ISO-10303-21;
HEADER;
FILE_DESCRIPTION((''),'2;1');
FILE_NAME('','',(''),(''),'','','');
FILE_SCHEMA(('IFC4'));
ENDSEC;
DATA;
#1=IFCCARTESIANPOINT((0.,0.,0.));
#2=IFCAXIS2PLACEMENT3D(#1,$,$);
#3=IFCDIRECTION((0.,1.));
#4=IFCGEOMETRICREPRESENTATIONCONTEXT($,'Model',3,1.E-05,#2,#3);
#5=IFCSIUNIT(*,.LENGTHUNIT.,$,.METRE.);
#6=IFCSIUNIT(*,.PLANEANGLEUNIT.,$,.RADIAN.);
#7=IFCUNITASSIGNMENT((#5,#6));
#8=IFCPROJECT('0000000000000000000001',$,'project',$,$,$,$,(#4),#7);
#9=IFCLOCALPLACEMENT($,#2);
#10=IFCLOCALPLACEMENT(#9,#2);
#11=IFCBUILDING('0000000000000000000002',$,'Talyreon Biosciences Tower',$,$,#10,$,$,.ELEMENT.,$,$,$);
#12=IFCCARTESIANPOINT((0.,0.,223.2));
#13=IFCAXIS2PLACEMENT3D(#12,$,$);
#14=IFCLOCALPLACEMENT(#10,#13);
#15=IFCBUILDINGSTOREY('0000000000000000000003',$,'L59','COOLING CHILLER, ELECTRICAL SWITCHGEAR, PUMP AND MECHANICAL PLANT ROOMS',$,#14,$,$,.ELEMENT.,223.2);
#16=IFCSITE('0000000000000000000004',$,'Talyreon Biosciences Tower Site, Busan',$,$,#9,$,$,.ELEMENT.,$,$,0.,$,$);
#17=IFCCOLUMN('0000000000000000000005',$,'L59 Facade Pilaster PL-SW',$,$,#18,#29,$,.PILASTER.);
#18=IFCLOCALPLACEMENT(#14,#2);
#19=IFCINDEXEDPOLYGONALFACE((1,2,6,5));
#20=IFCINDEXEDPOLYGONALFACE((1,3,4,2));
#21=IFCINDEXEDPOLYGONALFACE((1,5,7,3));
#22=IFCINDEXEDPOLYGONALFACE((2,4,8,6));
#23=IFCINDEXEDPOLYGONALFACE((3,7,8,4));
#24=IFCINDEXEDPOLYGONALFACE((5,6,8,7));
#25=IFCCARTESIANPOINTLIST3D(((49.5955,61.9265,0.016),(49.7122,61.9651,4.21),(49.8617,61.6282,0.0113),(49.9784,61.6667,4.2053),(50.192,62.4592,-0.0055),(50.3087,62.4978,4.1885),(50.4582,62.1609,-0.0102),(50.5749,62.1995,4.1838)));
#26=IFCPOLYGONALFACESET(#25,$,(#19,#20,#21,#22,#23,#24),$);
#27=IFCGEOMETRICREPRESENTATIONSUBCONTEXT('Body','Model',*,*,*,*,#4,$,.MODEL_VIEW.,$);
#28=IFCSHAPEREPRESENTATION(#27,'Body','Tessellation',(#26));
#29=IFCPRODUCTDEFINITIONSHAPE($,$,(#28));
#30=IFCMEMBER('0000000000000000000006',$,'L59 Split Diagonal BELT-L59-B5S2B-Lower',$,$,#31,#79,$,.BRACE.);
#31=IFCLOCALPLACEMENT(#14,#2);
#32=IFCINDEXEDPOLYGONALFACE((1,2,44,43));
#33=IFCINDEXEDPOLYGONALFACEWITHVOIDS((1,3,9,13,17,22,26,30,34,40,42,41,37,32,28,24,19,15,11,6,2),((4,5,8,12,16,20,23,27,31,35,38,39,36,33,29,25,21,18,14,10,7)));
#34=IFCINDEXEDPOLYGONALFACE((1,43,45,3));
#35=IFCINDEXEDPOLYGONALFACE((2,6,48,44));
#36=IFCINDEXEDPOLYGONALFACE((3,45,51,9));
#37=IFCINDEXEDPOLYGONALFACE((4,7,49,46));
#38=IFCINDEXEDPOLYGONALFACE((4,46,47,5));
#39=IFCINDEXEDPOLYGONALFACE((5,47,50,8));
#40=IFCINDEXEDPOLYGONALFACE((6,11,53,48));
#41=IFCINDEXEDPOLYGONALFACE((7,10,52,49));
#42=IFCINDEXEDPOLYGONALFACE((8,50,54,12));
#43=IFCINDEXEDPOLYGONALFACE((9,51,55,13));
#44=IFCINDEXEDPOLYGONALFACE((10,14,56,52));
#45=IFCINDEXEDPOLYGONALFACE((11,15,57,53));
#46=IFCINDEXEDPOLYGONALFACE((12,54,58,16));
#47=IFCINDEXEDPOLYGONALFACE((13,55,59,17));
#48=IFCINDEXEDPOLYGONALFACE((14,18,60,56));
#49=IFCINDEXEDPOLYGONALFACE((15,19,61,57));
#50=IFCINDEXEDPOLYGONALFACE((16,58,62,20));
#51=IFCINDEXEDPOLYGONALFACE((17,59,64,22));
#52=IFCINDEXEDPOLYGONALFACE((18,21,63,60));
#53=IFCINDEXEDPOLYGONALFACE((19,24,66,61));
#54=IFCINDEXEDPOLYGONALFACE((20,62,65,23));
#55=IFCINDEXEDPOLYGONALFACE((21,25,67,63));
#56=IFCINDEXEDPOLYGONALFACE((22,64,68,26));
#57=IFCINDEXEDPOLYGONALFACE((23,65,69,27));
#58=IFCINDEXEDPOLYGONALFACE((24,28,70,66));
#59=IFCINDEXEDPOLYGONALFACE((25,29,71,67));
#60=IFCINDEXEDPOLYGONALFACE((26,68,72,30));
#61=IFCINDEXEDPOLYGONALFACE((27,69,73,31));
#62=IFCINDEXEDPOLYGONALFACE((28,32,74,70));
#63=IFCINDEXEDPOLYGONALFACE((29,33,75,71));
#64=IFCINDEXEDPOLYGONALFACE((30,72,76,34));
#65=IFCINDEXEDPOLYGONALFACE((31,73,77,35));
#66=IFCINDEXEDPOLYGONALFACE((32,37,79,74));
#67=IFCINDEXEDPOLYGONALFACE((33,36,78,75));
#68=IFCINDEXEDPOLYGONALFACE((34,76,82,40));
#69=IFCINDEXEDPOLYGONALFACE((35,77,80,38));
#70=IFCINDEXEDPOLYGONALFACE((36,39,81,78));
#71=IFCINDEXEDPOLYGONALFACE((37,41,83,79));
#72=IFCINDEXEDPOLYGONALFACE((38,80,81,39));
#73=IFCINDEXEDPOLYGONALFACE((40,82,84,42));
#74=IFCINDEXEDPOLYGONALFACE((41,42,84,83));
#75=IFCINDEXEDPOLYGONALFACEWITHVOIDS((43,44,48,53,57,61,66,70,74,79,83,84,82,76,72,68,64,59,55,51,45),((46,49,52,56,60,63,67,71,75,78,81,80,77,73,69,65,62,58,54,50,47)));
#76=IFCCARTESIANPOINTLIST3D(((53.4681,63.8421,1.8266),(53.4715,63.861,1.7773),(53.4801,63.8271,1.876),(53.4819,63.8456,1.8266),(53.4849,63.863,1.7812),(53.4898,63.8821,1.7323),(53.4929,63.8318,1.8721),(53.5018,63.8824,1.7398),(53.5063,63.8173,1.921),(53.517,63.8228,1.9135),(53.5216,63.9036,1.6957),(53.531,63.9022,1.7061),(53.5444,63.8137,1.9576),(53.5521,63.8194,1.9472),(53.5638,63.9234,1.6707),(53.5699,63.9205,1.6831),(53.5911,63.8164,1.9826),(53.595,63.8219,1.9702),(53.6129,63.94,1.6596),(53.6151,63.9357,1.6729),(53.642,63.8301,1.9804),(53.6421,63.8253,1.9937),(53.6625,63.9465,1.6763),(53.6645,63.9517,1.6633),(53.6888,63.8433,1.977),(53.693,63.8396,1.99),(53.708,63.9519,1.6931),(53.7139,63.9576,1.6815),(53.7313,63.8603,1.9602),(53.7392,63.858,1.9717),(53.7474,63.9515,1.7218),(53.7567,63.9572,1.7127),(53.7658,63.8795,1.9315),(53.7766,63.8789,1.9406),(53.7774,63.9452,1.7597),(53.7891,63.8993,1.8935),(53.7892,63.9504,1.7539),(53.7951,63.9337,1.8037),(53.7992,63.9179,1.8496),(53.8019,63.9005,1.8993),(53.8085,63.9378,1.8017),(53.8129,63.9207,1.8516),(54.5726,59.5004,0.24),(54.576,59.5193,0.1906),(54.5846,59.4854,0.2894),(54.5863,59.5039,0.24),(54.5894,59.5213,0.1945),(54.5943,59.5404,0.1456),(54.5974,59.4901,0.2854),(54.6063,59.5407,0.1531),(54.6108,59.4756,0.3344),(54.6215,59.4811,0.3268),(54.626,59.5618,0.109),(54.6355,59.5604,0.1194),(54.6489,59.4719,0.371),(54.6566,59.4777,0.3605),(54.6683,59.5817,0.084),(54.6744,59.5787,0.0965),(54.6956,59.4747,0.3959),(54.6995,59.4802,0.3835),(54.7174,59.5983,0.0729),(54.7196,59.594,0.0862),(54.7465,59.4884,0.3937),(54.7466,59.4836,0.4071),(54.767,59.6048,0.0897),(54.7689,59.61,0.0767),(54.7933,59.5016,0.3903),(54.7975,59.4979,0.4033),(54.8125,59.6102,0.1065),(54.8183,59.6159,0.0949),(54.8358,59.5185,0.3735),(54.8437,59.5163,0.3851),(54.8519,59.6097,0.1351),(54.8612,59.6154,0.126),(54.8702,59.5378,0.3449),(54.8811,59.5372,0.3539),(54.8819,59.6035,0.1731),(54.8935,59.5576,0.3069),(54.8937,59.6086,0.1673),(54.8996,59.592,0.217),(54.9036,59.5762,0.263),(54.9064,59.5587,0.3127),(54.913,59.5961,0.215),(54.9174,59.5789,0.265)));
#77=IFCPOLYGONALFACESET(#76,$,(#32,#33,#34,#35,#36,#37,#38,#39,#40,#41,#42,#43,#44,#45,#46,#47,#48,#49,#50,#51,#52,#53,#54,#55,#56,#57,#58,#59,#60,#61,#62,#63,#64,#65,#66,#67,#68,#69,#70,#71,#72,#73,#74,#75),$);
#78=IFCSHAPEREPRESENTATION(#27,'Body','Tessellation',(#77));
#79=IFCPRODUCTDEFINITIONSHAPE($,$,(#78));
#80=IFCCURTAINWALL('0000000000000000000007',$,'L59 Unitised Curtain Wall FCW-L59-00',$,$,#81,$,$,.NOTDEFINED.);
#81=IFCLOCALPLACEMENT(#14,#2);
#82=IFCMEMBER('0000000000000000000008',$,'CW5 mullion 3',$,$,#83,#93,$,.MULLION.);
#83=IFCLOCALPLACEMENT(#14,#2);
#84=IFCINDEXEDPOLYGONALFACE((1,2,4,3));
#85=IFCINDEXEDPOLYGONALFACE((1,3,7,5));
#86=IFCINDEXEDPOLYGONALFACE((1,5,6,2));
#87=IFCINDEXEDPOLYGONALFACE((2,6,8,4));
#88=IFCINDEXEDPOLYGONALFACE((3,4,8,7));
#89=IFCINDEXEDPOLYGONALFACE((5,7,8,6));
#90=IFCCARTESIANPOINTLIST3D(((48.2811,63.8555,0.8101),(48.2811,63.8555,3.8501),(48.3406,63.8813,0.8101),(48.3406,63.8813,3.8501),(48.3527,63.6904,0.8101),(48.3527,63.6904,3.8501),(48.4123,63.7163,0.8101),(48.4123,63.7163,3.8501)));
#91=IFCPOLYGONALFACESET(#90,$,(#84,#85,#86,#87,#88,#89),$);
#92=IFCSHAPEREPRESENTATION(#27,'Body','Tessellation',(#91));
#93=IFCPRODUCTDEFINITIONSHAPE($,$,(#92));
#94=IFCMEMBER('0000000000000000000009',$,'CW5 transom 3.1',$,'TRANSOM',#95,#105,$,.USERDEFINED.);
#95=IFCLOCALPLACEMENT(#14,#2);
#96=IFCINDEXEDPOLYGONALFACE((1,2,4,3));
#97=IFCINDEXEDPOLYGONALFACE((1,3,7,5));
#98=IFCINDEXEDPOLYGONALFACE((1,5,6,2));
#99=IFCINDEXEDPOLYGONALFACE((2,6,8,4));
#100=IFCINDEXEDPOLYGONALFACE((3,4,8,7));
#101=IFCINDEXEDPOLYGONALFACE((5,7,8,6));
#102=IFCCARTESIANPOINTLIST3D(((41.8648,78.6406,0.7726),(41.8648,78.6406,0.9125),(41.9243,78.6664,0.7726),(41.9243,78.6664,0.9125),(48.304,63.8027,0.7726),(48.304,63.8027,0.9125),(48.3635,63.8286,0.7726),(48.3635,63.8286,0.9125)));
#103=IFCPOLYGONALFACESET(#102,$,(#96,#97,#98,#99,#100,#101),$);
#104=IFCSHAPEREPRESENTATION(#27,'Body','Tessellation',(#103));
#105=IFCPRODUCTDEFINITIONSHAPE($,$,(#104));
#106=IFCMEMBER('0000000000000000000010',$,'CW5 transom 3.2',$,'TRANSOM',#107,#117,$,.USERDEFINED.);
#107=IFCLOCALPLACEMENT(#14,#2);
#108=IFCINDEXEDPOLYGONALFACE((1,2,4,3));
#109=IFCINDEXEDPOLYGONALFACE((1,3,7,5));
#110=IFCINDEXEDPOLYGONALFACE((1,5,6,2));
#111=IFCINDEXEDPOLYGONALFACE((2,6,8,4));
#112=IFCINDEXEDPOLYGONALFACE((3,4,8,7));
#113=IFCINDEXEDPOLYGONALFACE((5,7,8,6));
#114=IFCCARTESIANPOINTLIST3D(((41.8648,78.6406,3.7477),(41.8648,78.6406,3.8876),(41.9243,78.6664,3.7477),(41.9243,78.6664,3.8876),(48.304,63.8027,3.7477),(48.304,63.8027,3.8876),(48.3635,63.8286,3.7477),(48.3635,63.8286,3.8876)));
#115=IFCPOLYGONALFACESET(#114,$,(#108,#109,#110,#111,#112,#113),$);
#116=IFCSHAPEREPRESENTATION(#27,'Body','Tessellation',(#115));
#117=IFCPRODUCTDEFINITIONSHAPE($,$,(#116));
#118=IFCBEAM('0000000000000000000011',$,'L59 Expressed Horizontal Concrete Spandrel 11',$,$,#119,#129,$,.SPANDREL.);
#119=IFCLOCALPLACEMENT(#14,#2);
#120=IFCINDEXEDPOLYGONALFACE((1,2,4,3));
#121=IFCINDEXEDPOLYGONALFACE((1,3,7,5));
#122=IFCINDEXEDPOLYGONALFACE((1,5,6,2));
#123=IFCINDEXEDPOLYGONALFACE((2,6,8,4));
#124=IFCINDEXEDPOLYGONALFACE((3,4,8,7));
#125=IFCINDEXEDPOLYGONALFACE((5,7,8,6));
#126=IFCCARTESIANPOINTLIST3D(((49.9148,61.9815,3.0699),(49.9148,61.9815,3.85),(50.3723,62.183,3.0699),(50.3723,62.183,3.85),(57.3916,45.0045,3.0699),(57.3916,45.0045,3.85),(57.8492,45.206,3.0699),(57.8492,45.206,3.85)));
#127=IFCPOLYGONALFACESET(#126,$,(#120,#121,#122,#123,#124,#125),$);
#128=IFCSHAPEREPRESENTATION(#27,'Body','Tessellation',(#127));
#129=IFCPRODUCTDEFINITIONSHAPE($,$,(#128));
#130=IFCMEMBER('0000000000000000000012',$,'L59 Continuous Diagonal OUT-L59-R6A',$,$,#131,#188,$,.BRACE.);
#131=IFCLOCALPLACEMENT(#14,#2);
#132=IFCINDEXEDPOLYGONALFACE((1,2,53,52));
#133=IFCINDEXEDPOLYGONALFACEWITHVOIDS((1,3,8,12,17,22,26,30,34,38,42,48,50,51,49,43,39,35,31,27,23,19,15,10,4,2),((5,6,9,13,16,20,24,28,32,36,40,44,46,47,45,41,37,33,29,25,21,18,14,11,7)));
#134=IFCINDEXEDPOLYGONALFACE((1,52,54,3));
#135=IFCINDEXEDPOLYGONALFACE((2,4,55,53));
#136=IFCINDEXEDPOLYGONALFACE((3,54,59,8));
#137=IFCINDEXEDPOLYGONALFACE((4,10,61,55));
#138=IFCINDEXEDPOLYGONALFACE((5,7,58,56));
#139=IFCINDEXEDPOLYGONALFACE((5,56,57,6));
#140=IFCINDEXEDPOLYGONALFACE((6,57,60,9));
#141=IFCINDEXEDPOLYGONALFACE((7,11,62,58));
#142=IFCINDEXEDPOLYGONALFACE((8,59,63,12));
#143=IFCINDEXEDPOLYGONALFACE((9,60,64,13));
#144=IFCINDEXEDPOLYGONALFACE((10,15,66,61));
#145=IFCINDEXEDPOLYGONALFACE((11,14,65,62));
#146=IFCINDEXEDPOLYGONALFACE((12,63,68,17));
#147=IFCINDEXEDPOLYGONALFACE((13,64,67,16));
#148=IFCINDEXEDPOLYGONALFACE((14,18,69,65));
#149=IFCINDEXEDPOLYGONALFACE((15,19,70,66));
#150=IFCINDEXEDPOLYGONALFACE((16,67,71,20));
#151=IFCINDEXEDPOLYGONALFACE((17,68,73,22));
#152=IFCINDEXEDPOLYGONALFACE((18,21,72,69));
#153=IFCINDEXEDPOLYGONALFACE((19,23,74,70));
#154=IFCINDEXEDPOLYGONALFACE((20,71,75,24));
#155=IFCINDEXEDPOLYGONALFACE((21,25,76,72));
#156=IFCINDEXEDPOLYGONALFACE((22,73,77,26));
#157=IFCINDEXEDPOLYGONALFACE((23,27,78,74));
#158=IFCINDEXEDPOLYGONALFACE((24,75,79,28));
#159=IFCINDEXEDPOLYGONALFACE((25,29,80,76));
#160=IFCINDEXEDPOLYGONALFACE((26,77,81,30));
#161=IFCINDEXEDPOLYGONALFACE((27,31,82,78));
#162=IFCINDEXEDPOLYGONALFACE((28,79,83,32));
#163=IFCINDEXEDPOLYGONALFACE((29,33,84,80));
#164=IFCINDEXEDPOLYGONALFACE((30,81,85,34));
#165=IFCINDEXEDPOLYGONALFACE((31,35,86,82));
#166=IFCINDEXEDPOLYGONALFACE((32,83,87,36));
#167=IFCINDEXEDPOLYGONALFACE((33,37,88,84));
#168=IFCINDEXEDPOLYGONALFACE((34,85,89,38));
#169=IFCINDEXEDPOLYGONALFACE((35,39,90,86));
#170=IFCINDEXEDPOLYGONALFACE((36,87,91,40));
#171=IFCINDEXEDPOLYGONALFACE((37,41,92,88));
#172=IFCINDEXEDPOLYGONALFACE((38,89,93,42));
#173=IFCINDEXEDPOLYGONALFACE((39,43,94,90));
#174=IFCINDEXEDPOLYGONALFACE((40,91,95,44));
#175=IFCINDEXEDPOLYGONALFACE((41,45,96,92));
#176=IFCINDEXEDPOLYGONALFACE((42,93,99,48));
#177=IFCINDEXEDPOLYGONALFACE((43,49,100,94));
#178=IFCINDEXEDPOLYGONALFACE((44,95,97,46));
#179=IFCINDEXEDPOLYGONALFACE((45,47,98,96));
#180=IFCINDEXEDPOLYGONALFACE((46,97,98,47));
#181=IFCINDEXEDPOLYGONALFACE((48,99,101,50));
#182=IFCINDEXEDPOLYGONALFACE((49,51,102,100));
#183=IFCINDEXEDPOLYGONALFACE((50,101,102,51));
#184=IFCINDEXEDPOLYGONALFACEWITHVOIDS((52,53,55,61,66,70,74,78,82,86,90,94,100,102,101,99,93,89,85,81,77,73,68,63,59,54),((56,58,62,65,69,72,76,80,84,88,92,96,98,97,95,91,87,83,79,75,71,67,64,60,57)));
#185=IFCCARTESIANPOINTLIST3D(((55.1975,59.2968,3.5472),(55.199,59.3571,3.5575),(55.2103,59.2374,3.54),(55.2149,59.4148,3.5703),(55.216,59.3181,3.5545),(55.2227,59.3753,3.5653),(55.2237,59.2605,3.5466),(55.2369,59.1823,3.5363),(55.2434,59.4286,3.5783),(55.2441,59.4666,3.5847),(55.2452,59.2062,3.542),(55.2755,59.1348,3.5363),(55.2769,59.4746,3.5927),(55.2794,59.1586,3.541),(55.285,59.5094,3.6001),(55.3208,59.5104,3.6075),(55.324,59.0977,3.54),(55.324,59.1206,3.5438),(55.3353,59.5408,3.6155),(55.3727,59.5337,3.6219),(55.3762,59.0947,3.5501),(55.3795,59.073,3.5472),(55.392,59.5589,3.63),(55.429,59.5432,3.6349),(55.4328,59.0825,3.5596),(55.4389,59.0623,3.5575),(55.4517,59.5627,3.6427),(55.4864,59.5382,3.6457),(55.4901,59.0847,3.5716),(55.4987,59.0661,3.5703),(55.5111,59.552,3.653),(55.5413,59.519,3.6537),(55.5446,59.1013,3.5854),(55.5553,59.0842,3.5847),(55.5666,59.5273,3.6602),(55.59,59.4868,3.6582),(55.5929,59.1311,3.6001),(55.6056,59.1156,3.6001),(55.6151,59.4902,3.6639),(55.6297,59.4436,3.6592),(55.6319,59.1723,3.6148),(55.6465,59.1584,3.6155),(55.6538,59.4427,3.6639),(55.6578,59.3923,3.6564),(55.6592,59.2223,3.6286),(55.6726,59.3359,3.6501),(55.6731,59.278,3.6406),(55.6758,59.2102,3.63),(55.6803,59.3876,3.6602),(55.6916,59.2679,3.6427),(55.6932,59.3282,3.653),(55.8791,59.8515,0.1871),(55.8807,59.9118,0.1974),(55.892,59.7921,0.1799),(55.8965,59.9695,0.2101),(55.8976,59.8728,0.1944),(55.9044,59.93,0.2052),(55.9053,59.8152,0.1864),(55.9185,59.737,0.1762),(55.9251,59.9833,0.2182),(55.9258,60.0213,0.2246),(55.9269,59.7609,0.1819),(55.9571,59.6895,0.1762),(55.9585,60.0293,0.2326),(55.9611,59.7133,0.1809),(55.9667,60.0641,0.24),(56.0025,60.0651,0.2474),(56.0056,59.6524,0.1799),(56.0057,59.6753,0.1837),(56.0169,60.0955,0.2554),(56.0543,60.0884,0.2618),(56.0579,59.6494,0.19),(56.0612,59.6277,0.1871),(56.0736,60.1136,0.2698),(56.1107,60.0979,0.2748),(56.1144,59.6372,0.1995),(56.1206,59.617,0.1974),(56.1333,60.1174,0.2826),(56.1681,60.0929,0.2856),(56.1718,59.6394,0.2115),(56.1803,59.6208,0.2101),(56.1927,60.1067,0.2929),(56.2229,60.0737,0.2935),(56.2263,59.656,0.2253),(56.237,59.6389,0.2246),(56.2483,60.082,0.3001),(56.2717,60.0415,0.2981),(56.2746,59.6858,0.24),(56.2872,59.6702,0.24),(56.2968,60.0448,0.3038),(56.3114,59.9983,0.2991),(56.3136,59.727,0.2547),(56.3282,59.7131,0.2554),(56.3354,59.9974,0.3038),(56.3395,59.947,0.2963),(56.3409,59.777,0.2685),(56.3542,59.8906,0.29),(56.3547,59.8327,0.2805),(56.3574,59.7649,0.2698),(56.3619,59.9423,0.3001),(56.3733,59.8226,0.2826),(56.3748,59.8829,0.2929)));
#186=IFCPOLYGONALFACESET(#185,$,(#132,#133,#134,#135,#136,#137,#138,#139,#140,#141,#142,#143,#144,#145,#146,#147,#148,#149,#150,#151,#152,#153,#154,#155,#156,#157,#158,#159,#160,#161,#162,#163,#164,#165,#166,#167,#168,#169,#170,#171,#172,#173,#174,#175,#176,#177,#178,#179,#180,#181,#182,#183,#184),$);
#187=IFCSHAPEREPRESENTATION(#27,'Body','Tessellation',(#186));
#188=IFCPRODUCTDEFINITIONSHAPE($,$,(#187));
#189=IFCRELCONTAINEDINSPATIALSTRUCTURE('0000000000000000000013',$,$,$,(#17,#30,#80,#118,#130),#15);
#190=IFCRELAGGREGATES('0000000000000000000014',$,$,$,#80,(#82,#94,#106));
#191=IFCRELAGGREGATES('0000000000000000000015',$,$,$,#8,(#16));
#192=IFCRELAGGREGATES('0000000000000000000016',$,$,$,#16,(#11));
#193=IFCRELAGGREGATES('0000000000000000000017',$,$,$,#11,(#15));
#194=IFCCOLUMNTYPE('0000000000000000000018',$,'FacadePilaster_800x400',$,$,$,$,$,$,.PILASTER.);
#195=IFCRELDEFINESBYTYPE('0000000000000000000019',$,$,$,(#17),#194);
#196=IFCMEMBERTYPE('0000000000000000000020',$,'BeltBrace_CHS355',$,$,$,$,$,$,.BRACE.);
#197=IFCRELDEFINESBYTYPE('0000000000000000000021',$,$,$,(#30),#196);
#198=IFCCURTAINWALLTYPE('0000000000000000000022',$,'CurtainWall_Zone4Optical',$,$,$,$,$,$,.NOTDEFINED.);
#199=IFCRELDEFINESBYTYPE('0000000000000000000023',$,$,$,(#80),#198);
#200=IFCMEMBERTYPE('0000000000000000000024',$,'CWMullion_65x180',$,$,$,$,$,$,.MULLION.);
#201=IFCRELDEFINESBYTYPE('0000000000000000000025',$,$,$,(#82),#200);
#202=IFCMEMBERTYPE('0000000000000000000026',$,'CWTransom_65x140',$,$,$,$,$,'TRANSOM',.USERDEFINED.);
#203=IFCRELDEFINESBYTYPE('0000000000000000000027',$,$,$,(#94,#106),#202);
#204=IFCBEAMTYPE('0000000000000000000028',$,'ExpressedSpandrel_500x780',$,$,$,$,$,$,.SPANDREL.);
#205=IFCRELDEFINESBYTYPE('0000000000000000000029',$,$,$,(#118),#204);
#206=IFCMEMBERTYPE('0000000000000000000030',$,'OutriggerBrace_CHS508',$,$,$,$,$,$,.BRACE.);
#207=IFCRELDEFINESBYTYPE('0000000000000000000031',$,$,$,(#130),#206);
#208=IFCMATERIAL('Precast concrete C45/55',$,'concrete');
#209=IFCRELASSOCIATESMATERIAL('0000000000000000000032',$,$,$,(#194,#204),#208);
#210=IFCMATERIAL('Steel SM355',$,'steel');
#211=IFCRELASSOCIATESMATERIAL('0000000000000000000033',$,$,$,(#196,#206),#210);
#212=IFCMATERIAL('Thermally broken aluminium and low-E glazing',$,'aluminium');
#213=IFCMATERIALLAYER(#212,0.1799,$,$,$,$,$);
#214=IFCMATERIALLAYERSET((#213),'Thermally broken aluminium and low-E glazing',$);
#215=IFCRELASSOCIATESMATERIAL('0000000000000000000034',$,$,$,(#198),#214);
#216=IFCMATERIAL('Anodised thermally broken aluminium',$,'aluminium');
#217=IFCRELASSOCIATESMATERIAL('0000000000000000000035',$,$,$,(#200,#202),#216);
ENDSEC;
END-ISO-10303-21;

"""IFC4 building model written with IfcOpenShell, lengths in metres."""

from ifc_helpers import new_model, si_unit, direction, frame, origin, origin_2d, place, context, subcontext, project, spatial, rectangle, hollow_circle, extrude, material, layer, layer_set, material_profile, profile_set, type_object, element, aggregate, save


model = new_model("IFC4")

# Units and contexts
model_context = context("Model", 3, precision=1e-05, world=origin(), true_north=direction((0.0, 1.0)))
body_context = subcontext(model_context, "Body", "Model", "MODEL_VIEW")
ifc_project = project(units=[si_unit("LENGTHUNIT", "METRE"), si_unit("PLANEANGLEUNIT", "RADIAN")], contexts=[model_context])

# Site, building, storey
site_placement = place(None, origin())
site = spatial("IfcSite", under=ifc_project, at=site_placement, Name="Talyreon Biosciences Tower Site, Busan", CompositionType="ELEMENT", RefElevation=0.0)
building_placement = place(site_placement, origin())
building = spatial("IfcBuilding", under=site, at=building_placement, Name="Talyreon Biosciences Tower", CompositionType="ELEMENT")
storey_placement = place(building_placement, frame((0.0, 0.0, 223.2)))
storey = spatial("IfcBuildingStorey", under=building, at=storey_placement, Name="L59", Description="COOLING CHILLER, ELECTRICAL SWITCHGEAR, PUMP AND MECHANICAL PLANT ROOMS", CompositionType="ELEMENT", Elevation=223.2)

# Column
ifc_material_1 = material(Name="Precast concrete C45/55", Category="concrete")
ifc_material_profile_1 = material_profile(ifc_material_1, rectangle(XDim=0.8, YDim=0.3999, at=origin_2d()), Name="RC 800x400")
ifc_profile_set_1 = profile_set([ifc_material_profile_1], Name="Precast concrete C45/55")
column_type = type_object("IfcColumnType", Name="FacadePilaster_800x400", PredefinedType="PILASTER", material=ifc_profile_set_1)
column_placement = place(storey_placement, frame((50.0269, 62.0437, 0.0029), z_axis=(0.027813, 0.009193, 0.999571), x_axis=(0.745602, 0.665849, -0.02687)))
element("IfcColumn", 1, at=column_placement, inside=storey, type_object=column_type, Name="L59 Facade Pilaster PL-SW", PredefinedType="PILASTER", context=body_context, shape_type="SweptSolid", body=[
    extrude(rectangle(XDim=0.8, YDim=0.3999, at=origin_2d()), origin(), (0.0, 0.0, 1.0), 4.1958),
])

# Member
ifc_material_2 = material(Name="Steel SM355", Category="steel")
ifc_material_profile_2 = material_profile(ifc_material_2, hollow_circle(Radius=0.1777, WallThickness=0.0142, at=origin_2d()), Name="CHS 355.6x14.2")
ifc_profile_set_2 = profile_set([ifc_material_profile_2], Name="Steel SM355")
member_type_1 = type_object("IfcMemberType", Name="BeltBrace_CHS355", PredefinedType="BRACE", material=ifc_profile_set_2)
member_1_placement = place(storey_placement, frame((54.7449, 59.5442, 0.24), z_axis=(-0.23239, 0.913534, 0.333843), x_axis=(-0.969134, -0.246534, 0.0)))
element("IfcMember", 2, at=member_1_placement, inside=storey, type_object=member_type_1, Name="L59 Split Diagonal BELT-L59-B5S2B-Lower", PredefinedType="BRACE", context=body_context, shape_type="SweptSolid", body=[
    extrude(hollow_circle(Radius=0.1777, WallThickness=0.0142, at=origin_2d()), origin(), (0.0, 0.0, 1.0), 4.7527),
])

# Curtain wall, members
ifc_material_3 = material(Name="Thermally broken aluminium and low-E glazing", Category="aluminium")
ifc_layer_1 = layer(ifc_material_3, 0.1799)
ifc_layer_set_1 = layer_set([ifc_layer_1], Name="Thermally broken aluminium and low-E glazing")
curtain_wall_type = type_object("IfcCurtainWallType", Name="CurtainWall_Zone4Optical", PredefinedType="NOTDEFINED", material=ifc_layer_set_1)
curtain_wall_placement = place(storey_placement, origin())
curtain_wall = element("IfcCurtainWall", 3, at=curtain_wall_placement, inside=storey, type_object=curtain_wall_type, Name="L59 Unitised Curtain Wall FCW-L59-00", PredefinedType="NOTDEFINED")
ifc_material_4 = material(Name="Anodised thermally broken aluminium", Category="aluminium")
ifc_material_profile_3 = material_profile(ifc_material_4, rectangle(XDim=0.0649, YDim=0.1799, at=origin_2d()), Name="ALUM MULLION 65x180")
ifc_profile_set_3 = profile_set([ifc_material_profile_3], Name="Anodised thermally broken aluminium")
member_type_2 = type_object("IfcMemberType", Name="CWMullion_65x180", PredefinedType="MULLION", material=ifc_profile_set_3)
member_2_placement = place(storey_placement, frame((48.3467, 63.7859, 0.8101), z_axis=(0.0, 0.0, 1.0), x_axis=(-0.917337, -0.398112, 0.0)))
member_2 = element("IfcMember", 4, at=member_2_placement, type_object=member_type_2, Name="CW5 mullion 3", PredefinedType="MULLION", context=body_context, shape_type="SweptSolid", body=[
    extrude(rectangle(XDim=0.0649, YDim=0.1799, at=origin_2d()), origin(), (0.0, 0.0, 1.0), 3.04),
])
ifc_material_profile_4 = material_profile(ifc_material_4, rectangle(XDim=0.0649, YDim=0.1399, at=origin_2d()), Name="ALUM TRANSOM 65x140")
ifc_profile_set_4 = profile_set([ifc_material_profile_4], Name="Anodised thermally broken aluminium")
member_type_3 = type_object("IfcMemberType", Name="CWTransom_65x140", ElementType="TRANSOM", PredefinedType="USERDEFINED", material=ifc_profile_set_4)
member_3_placement = place(storey_placement, frame((48.3337, 63.8157, 0.8425), z_axis=(-0.3981, 0.917342, 0.0), x_axis=(-0.917342, -0.3981, 0.0)))
member_3 = element("IfcMember", 5, at=member_3_placement, type_object=member_type_3, Name="CW5 transom 3.1", ObjectType="TRANSOM", PredefinedType="USERDEFINED", context=body_context, shape_type="SweptSolid", body=[
    extrude(rectangle(XDim=0.0649, YDim=0.1399, at=origin_2d()), origin(), (0.0, 0.0, 1.0), 16.1748),
])
member_4_placement = place(storey_placement, frame((48.3337, 63.8157, 3.8176), z_axis=(-0.3981, 0.917342, 0.0), x_axis=(-0.917342, -0.3981, 0.0)))
member_4 = element("IfcMember", 6, at=member_4_placement, type_object=member_type_3, Name="CW5 transom 3.2", ObjectType="TRANSOM", PredefinedType="USERDEFINED", context=body_context, shape_type="SweptSolid", body=[
    extrude(rectangle(XDim=0.0649, YDim=0.1399, at=origin_2d()), origin(), (0.0, 0.0, 1.0), 16.1748),
])
aggregate(curtain_wall, [member_2, member_3, member_4])

# Beam
ifc_material_profile_5 = material_profile(ifc_material_1, rectangle(XDim=0.5, YDim=0.78, at=origin_2d()), Name="RCB 500x780")
ifc_profile_set_5 = profile_set([ifc_material_profile_5], Name="Precast concrete C45/55")
beam_type = type_object("IfcBeamType", Name="ExpressedSpandrel_500x780", PredefinedType="SPANDREL", material=ifc_profile_set_5)
beam_placement = place(storey_placement, frame((50.1436, 62.0823, 3.46), z_axis=(0.40305, -0.915178, 0.0), x_axis=(0.915178, 0.40305, 0.0)))
element("IfcBeam", 7, at=beam_placement, inside=storey, type_object=beam_type, Name="L59 Expressed Horizontal Concrete Spandrel 11", PredefinedType="SPANDREL", context=body_context, shape_type="SweptSolid", body=[
    extrude(rectangle(XDim=0.5, YDim=0.78, at=origin_2d()), origin(), (0.0, 0.0, 1.0), 18.5505),
])

# Member
ifc_material_profile_6 = material_profile(ifc_material_2, hollow_circle(Radius=0.2539, WallThickness=0.02, at=origin_2d()), Name="CHS 508x20")
ifc_profile_set_6 = profile_set([ifc_material_profile_6], Name="Steel SM355")
member_type_4 = type_object("IfcMemberType", Name="OutriggerBrace_CHS508", PredefinedType="BRACE", material=ifc_profile_set_6)
member_5_placement = place(storey_placement, frame((56.127, 59.8672, 0.24), z_axis=(-0.196261, -0.159708, 0.967458), x_axis=(0.631178, -0.775638, 0.0)))
element("IfcMember", 8, at=member_5_placement, inside=storey, type_object=member_type_4, Name="L59 Continuous Diagonal OUT-L59-R6A", PredefinedType="BRACE", context=body_context, shape_type="SweptSolid", body=[
    extrude(hollow_circle(Radius=0.2539, WallThickness=0.02, at=origin_2d()), origin(), (0.0, 0.0, 1.0), 3.4731),
])

save(model, "model.ifc")
